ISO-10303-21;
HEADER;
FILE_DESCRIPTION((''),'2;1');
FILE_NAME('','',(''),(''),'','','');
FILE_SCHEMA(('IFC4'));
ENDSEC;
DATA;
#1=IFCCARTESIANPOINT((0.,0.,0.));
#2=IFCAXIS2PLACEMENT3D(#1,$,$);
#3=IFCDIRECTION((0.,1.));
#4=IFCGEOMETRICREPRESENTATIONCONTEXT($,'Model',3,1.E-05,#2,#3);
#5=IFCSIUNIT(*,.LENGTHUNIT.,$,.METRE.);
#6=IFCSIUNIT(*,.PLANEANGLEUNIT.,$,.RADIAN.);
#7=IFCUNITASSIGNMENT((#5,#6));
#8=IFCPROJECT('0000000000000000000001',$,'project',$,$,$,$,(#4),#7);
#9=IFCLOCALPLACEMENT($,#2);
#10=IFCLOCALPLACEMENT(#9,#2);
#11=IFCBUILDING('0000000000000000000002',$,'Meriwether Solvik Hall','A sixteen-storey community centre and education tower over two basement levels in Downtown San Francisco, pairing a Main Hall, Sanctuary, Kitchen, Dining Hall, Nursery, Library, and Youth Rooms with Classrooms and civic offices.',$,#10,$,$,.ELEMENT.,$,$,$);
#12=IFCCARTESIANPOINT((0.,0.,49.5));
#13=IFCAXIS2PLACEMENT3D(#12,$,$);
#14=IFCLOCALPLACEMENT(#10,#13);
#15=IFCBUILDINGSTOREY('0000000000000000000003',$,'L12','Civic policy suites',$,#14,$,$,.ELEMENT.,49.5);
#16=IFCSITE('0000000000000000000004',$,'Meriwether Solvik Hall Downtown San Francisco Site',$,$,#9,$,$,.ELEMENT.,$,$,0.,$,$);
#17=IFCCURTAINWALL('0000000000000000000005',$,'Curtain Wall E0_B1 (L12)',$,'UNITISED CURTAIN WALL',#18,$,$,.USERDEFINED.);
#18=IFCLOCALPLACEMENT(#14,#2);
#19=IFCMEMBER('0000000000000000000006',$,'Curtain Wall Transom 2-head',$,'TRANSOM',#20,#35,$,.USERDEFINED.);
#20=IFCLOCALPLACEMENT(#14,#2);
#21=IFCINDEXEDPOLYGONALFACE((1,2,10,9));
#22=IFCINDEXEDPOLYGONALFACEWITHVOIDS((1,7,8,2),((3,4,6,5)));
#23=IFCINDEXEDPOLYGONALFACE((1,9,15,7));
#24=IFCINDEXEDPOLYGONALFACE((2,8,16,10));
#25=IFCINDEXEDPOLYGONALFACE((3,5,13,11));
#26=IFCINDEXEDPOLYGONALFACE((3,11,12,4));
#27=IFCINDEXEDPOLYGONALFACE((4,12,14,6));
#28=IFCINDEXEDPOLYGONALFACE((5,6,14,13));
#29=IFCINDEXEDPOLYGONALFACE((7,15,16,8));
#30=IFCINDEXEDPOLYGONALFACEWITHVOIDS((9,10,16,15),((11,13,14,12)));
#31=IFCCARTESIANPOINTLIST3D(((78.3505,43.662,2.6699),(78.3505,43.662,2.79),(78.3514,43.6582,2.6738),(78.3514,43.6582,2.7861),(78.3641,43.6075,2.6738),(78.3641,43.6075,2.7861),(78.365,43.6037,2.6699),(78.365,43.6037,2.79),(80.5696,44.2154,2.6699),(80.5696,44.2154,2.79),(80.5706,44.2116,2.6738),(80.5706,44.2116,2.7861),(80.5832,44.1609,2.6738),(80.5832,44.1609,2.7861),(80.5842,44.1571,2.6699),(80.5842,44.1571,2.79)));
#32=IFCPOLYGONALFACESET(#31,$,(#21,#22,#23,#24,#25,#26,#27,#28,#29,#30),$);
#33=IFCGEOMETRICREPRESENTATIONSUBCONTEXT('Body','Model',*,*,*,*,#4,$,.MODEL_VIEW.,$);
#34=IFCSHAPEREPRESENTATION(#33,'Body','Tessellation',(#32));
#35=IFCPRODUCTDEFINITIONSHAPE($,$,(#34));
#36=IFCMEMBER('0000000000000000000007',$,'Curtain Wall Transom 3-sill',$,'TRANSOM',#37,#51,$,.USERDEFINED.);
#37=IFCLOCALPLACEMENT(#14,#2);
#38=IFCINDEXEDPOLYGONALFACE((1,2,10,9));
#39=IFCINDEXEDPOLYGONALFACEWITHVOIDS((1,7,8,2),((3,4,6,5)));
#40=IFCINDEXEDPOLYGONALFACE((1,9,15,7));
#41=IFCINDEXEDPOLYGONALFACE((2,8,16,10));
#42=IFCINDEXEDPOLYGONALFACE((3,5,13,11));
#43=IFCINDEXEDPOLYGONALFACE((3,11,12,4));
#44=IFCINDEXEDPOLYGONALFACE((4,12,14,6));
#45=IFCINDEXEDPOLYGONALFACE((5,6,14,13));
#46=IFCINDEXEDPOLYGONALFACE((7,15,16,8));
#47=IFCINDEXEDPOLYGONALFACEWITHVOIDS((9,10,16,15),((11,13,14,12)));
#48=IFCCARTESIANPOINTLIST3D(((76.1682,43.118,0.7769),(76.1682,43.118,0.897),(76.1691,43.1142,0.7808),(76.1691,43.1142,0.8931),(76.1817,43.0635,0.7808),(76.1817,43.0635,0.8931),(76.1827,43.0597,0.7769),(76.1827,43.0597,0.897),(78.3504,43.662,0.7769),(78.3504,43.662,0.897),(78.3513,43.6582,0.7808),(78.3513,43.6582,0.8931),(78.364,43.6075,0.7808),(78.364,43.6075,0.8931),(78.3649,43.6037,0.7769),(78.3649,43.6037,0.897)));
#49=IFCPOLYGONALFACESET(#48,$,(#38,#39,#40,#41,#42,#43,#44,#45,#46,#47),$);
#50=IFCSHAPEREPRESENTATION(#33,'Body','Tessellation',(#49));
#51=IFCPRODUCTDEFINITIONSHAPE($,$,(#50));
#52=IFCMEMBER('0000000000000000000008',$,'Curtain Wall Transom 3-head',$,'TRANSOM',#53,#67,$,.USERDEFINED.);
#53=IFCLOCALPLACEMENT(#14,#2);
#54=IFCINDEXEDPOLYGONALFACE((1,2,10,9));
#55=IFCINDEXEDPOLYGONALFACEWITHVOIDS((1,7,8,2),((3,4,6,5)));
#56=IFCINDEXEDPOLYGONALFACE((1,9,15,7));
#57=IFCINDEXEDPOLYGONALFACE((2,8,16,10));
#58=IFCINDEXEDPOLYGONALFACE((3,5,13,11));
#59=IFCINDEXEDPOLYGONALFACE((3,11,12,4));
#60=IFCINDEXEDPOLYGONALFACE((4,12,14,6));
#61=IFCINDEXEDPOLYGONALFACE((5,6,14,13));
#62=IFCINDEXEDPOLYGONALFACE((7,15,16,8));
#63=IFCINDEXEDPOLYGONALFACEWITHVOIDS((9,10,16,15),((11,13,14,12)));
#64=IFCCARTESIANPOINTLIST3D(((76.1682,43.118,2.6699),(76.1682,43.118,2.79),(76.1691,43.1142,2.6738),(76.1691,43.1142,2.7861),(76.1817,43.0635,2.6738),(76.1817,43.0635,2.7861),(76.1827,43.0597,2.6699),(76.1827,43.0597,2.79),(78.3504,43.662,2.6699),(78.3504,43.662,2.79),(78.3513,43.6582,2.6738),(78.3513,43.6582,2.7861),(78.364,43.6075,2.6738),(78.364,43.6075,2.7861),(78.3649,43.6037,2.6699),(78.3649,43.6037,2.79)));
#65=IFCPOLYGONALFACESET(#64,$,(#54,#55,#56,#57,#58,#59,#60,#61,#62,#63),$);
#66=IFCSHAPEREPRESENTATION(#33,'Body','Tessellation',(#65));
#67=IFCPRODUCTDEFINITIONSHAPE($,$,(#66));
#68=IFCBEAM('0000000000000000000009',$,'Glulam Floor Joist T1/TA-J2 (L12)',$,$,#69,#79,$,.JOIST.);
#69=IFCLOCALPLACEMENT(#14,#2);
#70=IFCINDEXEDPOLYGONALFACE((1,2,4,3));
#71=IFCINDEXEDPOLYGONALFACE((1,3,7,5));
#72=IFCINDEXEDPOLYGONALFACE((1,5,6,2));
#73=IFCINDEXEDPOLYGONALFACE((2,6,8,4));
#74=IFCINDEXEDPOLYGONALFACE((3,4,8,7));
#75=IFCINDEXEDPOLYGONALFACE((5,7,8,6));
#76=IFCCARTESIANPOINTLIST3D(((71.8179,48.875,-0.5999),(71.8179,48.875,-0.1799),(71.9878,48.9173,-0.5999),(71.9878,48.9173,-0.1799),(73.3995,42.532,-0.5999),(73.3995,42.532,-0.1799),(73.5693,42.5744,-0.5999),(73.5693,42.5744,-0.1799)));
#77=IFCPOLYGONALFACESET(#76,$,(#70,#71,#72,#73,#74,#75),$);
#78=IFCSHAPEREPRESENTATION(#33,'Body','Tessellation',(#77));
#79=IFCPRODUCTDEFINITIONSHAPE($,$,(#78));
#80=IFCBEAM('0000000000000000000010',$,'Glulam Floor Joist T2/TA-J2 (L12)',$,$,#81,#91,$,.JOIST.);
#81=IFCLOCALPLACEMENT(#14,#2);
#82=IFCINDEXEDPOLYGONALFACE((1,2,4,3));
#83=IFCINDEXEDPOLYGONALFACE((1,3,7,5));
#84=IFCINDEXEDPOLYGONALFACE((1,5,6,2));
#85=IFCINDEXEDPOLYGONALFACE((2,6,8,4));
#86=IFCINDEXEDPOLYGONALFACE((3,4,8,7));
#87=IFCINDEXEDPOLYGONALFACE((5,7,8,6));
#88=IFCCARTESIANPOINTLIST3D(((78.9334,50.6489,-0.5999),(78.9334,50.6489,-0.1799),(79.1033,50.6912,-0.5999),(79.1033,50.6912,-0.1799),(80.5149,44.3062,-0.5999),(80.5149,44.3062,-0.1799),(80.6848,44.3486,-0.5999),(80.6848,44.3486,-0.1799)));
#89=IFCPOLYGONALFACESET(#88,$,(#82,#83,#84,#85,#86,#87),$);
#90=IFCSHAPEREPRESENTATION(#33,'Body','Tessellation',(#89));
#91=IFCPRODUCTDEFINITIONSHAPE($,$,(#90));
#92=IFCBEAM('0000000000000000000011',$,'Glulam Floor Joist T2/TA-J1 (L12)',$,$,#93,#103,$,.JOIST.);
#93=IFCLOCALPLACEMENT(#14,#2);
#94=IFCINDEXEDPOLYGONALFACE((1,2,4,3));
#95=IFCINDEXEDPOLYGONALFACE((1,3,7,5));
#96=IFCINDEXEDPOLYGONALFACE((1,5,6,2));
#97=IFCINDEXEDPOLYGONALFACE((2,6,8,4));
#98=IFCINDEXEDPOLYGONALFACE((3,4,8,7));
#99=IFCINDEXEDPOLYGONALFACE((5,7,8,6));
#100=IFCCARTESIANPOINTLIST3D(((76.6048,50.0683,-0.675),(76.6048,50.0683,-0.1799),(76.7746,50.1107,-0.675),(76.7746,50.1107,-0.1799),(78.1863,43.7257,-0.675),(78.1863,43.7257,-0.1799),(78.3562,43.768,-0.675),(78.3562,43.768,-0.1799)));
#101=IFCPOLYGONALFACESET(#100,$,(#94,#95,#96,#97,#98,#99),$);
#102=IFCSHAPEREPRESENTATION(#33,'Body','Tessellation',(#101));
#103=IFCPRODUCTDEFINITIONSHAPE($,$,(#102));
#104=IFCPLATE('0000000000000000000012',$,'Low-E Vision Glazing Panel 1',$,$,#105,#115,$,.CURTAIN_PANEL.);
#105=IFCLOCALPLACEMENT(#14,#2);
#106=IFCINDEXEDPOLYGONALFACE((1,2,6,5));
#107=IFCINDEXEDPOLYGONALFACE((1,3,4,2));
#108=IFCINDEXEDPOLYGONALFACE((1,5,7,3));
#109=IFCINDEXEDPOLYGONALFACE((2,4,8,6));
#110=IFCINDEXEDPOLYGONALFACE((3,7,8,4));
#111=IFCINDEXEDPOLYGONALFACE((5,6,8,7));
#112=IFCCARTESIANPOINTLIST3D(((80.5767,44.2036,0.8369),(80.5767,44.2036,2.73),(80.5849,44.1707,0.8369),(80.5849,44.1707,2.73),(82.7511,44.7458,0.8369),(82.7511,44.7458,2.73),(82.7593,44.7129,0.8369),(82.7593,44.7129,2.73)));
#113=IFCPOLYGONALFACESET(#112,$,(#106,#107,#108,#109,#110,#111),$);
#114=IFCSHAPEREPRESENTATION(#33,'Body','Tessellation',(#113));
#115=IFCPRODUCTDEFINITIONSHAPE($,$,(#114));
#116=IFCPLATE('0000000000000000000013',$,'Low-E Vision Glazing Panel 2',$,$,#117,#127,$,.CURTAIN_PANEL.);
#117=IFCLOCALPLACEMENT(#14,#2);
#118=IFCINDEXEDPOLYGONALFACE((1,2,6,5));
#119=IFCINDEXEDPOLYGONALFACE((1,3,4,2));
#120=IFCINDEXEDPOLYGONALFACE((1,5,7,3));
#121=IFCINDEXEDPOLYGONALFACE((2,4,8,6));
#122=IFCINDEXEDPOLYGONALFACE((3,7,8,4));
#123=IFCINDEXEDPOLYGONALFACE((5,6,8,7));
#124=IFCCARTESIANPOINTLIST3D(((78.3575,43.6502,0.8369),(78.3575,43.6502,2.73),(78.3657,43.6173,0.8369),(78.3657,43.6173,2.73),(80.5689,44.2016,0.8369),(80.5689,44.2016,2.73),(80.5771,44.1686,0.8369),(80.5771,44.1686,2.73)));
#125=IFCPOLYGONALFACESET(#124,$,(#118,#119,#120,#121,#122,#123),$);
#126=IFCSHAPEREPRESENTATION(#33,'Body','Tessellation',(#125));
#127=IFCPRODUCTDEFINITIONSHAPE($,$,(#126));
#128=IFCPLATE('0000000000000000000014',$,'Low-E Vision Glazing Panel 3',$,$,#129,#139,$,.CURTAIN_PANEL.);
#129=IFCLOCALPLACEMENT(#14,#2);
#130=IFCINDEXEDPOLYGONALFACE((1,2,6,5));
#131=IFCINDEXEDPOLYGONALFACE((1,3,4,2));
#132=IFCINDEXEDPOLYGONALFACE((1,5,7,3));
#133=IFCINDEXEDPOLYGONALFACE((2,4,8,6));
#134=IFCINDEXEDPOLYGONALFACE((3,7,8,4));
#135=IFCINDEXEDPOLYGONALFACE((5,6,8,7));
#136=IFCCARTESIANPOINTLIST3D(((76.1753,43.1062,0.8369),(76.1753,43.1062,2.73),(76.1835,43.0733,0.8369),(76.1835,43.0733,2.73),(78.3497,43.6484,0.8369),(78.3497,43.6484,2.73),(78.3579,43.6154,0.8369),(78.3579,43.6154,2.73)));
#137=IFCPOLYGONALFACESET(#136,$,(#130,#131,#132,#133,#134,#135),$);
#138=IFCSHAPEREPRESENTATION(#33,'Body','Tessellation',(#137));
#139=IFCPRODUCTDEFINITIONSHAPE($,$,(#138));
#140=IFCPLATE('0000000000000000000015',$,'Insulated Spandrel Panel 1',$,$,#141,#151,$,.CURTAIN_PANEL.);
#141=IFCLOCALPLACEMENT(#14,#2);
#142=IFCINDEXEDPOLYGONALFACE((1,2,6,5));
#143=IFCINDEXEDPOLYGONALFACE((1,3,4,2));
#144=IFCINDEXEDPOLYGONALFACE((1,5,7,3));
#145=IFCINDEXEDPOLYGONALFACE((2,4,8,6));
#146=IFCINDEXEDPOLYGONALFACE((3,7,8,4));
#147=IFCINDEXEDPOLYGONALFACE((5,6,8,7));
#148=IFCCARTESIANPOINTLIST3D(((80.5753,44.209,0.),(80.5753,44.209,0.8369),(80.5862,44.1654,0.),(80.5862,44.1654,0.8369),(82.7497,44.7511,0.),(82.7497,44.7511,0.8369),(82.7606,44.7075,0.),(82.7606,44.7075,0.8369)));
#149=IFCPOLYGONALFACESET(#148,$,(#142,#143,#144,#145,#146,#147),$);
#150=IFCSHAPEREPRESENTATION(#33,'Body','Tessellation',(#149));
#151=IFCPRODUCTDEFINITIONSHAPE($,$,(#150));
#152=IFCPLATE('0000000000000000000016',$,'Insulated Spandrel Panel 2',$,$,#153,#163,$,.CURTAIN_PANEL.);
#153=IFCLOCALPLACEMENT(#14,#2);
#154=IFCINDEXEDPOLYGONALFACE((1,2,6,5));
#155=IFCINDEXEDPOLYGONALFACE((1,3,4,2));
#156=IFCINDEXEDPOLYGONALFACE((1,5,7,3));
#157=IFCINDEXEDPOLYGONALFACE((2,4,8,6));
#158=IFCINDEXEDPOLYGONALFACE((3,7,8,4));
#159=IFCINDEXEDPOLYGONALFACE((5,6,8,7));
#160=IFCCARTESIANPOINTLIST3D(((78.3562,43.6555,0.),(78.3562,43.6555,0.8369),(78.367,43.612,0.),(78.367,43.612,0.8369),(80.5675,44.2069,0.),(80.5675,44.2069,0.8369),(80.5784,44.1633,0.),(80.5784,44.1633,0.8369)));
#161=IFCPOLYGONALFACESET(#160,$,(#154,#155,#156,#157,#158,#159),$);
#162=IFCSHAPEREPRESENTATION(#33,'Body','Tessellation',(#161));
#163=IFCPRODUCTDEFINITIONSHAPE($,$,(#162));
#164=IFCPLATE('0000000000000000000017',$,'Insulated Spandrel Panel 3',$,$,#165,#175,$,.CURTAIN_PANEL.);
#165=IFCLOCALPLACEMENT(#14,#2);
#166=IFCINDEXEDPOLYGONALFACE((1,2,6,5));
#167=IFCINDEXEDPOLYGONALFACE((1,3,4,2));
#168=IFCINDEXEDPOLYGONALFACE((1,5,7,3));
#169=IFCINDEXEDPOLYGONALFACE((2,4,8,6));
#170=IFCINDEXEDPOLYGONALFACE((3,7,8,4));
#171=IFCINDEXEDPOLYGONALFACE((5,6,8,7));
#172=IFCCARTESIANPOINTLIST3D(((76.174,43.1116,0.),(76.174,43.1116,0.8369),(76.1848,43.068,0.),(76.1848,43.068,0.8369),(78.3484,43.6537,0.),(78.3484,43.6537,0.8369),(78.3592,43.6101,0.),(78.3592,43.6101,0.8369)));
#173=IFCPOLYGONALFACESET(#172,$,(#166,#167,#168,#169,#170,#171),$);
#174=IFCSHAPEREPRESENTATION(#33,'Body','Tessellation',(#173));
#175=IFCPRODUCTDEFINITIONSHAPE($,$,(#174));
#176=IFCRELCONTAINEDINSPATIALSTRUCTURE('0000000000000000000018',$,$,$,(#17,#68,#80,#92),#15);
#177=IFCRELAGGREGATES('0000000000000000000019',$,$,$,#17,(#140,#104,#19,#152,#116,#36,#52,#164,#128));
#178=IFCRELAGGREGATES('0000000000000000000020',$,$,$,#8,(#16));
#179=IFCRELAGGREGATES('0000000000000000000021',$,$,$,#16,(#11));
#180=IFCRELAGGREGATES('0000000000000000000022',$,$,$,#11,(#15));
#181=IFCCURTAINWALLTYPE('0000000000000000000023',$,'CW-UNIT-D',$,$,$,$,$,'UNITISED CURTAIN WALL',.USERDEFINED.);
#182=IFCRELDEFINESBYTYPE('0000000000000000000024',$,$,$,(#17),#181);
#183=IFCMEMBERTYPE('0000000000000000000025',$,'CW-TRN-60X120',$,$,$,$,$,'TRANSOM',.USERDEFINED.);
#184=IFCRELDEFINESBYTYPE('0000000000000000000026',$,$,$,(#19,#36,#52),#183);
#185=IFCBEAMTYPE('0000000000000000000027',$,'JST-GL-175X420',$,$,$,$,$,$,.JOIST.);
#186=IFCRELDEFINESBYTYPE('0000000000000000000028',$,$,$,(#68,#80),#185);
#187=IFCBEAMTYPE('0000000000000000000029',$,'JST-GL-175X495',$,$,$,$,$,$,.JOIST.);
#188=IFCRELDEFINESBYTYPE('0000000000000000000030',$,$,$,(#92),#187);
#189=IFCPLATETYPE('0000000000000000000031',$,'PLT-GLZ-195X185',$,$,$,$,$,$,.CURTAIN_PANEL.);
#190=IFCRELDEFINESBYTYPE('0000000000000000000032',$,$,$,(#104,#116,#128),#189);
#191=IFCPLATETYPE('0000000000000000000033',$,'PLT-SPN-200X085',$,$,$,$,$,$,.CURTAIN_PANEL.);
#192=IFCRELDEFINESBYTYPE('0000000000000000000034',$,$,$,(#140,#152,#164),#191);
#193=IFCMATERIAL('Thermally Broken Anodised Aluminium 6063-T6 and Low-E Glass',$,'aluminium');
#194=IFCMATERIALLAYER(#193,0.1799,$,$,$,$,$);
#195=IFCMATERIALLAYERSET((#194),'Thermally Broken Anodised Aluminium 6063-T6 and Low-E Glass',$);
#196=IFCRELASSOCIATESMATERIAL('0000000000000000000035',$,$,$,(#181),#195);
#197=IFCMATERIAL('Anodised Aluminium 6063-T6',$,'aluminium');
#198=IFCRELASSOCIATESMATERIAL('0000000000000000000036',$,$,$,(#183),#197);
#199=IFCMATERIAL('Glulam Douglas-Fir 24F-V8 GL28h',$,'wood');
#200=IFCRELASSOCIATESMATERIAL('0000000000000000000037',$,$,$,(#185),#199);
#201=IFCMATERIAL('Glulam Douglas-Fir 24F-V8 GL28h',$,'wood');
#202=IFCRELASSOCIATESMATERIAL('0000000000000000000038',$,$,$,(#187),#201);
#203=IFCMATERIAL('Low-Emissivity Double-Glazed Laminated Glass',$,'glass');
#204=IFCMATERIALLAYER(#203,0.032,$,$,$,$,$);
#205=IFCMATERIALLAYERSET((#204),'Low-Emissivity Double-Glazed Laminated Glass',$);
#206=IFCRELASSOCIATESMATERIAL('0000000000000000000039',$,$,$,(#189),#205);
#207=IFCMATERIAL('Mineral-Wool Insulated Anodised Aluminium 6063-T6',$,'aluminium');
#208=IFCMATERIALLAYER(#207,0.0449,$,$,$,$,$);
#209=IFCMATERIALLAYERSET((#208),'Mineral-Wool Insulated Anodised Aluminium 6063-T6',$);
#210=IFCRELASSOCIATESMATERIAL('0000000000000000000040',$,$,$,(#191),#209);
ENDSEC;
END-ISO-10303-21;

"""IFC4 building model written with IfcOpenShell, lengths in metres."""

from ifc_helpers import new_model, si_unit, direction, frame, origin, origin_2d, place, context, subcontext, project, spatial, rectangle, hollow_rectangle, extrude, material, layer, layer_set, material_profile, profile_set, type_object, element, aggregate, save


model = new_model("IFC4")

# Units and contexts
model_context = context("Model", 3, precision=1e-05, world=origin(), true_north=direction((0.0, 1.0)))
body_context = subcontext(model_context, "Body", "Model", "MODEL_VIEW")
ifc_project = project(units=[si_unit("LENGTHUNIT", "METRE"), si_unit("PLANEANGLEUNIT", "RADIAN")], contexts=[model_context])

# Site, building, storey
site_placement = place(None, origin())
site = spatial("IfcSite", under=ifc_project, at=site_placement, Name="Meriwether Solvik Hall Downtown San Francisco Site", CompositionType="ELEMENT", RefElevation=0.0)
building_placement = place(site_placement, origin())
building = spatial("IfcBuilding", under=site, at=building_placement, Name="Meriwether Solvik Hall", Description="A sixteen-storey community centre and education tower over two basement levels in Downtown San Francisco, pairing a Main Hall, Sanctuary, Kitchen, Dining Hall, Nursery, Library, and Youth Rooms with Classrooms and civic offices.", CompositionType="ELEMENT")
storey_placement = place(building_placement, frame((0.0, 0.0, 49.5)))
storey = spatial("IfcBuildingStorey", under=building, at=storey_placement, Name="L12", Description="Civic policy suites", CompositionType="ELEMENT", Elevation=49.5)

# Curtain wall, members
ifc_material_1 = material(Name="Thermally Broken Anodised Aluminium 6063-T6 and Low-E Glass", Category="aluminium")
ifc_layer_1 = layer(ifc_material_1, 0.1799)
ifc_layer_set_1 = layer_set([ifc_layer_1], Name="Thermally Broken Anodised Aluminium 6063-T6 and Low-E Glass")
curtain_wall_type = type_object("IfcCurtainWallType", Name="CW-UNIT-D", ElementType="UNITISED CURTAIN WALL", PredefinedType="USERDEFINED", material=ifc_layer_set_1)
curtain_wall_placement = place(storey_placement, origin())
curtain_wall = element("IfcCurtainWall", 1, at=curtain_wall_placement, inside=storey, type_object=curtain_wall_type, Name="Curtain Wall E0_B1 (L12)", ObjectType="UNITISED CURTAIN WALL", PredefinedType="USERDEFINED")
ifc_material_2 = material(Name="Anodised Aluminium 6063-T6", Category="aluminium")
ifc_material_profile_1 = material_profile(ifc_material_2, hollow_rectangle(XDim=0.0601, YDim=0.1201, WallThickness=0.0039, at=origin_2d()), Name="CWT-60X120")
ifc_profile_set_1 = profile_set([ifc_material_profile_1], Name="Anodised Aluminium 6063-T6")
member_type_1 = type_object("IfcMemberType", Name="CW-TRN-60X120", ElementType="TRANSOM", PredefinedType="USERDEFINED", material=ifc_profile_set_1)
member_1_placement = place(storey_placement, frame((80.5769, 44.1863, 2.73), z_axis=(-0.97028, -0.241983, 0.0), x_axis=(0.241983, -0.97028, 0.0)))
member_1 = element("IfcMember", 2, at=member_1_placement, type_object=member_type_1, Name="Curtain Wall Transom 2-head", ObjectType="TRANSOM", PredefinedType="USERDEFINED", context=body_context, shape_type="SweptSolid", body=[
    extrude(hollow_rectangle(XDim=0.0601, YDim=0.1201, WallThickness=0.0039, at=origin_2d()), origin(), (0.0, 0.0, 1.0), 2.2871),
])
member_2_placement = place(storey_placement, frame((78.3577, 43.6328, 0.8369), z_axis=(-0.970308, -0.241871, 0.0), x_axis=(0.241871, -0.970308, 0.0)))
member_2 = element("IfcMember", 3, at=member_2_placement, type_object=member_type_1, Name="Curtain Wall Transom 3-sill", ObjectType="TRANSOM", PredefinedType="USERDEFINED", context=body_context, shape_type="SweptSolid", body=[
    extrude(hollow_rectangle(XDim=0.0601, YDim=0.1201, WallThickness=0.0039, at=origin_2d()), origin(), (0.0, 0.0, 1.0), 2.249),
])
member_3_placement = place(storey_placement, frame((78.3577, 43.6328, 2.73), z_axis=(-0.970308, -0.241871, 0.0), x_axis=(0.241871, -0.970308, 0.0)))
member_3 = element("IfcMember", 4, at=member_3_placement, type_object=member_type_1, Name="Curtain Wall Transom 3-head", ObjectType="TRANSOM", PredefinedType="USERDEFINED", context=body_context, shape_type="SweptSolid", body=[
    extrude(hollow_rectangle(XDim=0.0601, YDim=0.1201, WallThickness=0.0039, at=origin_2d()), origin(), (0.0, 0.0, 1.0), 2.249),
])

# Beams
ifc_material_3 = material(Name="Glulam Douglas-Fir 24F-V8 GL28h", Category="wood")
ifc_material_profile_2 = material_profile(ifc_material_3, rectangle(XDim=0.175, YDim=0.4199, at=origin_2d()), Name="GLJ-175X420")
ifc_profile_set_2 = profile_set([ifc_material_profile_2], Name="Glulam Douglas-Fir 24F-V8 GL28h")
beam_type_1 = type_object("IfcBeamType", Name="JST-GL-175X420", PredefinedType="JOIST", material=ifc_profile_set_2)
beam_1_placement = place(storey_placement, frame((73.4844, 42.5532, -0.3899), z_axis=(-0.241929, 0.970294, 0.0), x_axis=(-0.970294, -0.241929, 0.0)))
element("IfcBeam", 5, at=beam_1_placement, inside=storey, type_object=beam_type_1, Name="Glulam Floor Joist T1/TA-J2 (L12)", PredefinedType="JOIST", context=body_context, shape_type="SweptSolid", body=[
    extrude(rectangle(XDim=0.175, YDim=0.4199, at=origin_2d()), origin(), (0.0, 0.0, 1.0), 6.5371),
])
beam_2_placement = place(storey_placement, frame((80.5999, 44.3274, -0.3899), z_axis=(-0.241938, 0.970292, 0.0), x_axis=(-0.970292, -0.241938, 0.0)))
element("IfcBeam", 6, at=beam_2_placement, inside=storey, type_object=beam_type_1, Name="Glulam Floor Joist T2/TA-J2 (L12)", PredefinedType="JOIST", context=body_context, shape_type="SweptSolid", body=[
    extrude(rectangle(XDim=0.175, YDim=0.4199, at=origin_2d()), origin(), (0.0, 0.0, 1.0), 6.5369),
])
ifc_material_4 = material(Name="Glulam Douglas-Fir 24F-V8 GL28h", Category="wood")
ifc_material_profile_3 = material_profile(ifc_material_4, rectangle(XDim=0.175, YDim=0.4951, at=origin_2d()), Name="GLJ-175X495")
ifc_profile_set_3 = profile_set([ifc_material_profile_3], Name="Glulam Douglas-Fir 24F-V8 GL28h")
beam_type_2 = type_object("IfcBeamType", Name="JST-GL-175X495", PredefinedType="JOIST", material=ifc_profile_set_3)
beam_3_placement = place(storey_placement, frame((78.2712, 43.7468, -0.4275), z_axis=(-0.241938, 0.970292, 0.0), x_axis=(-0.970292, -0.241938, 0.0)))
element("IfcBeam", 7, at=beam_3_placement, inside=storey, type_object=beam_type_2, Name="Glulam Floor Joist T2/TA-J1 (L12)", PredefinedType="JOIST", context=body_context, shape_type="SweptSolid", body=[
    extrude(rectangle(XDim=0.175, YDim=0.4951, at=origin_2d()), origin(), (0.0, 0.0, 1.0), 6.5369),
])

# Plates
ifc_material_5 = material(Name="Low-Emissivity Double-Glazed Laminated Glass", Category="glass")
ifc_layer_2 = layer(ifc_material_5, 0.032)
ifc_layer_set_2 = layer_set([ifc_layer_2], Name="Low-Emissivity Double-Glazed Laminated Glass")
plate_type_1 = type_object("IfcPlateType", Name="PLT-GLZ-195X185", PredefinedType="CURTAIN_PANEL", material=ifc_layer_set_2)
plate_1_placement = place(storey_placement, frame((81.668, 44.4583, 0.8369), z_axis=(0.0, 0.0, 1.0), x_axis=(-0.970296, -0.241922, 0.0)))
plate_1 = element("IfcPlate", 8, at=plate_1_placement, type_object=plate_type_1, Name="Low-E Vision Glazing Panel 1", PredefinedType="CURTAIN_PANEL", context=body_context, shape_type="SweptSolid", body=[
    extrude(rectangle(XDim=2.241, YDim=0.0339, at=origin_2d()), origin(), (0.0, 0.0, 1.0), 1.8931),
])
plate_2_placement = place(storey_placement, frame((79.4673, 43.9094, 0.8369), z_axis=(0.0, 0.0, 1.0), x_axis=(-0.970296, -0.241922, 0.0)))
plate_2 = element("IfcPlate", 9, at=plate_2_placement, type_object=plate_type_1, Name="Low-E Vision Glazing Panel 2", PredefinedType="CURTAIN_PANEL", context=body_context, shape_type="SweptSolid", body=[
    extrude(rectangle(XDim=2.2791, YDim=0.0339, at=origin_2d()), origin(), (0.0, 0.0, 1.0), 1.8931),
])
plate_3_placement = place(storey_placement, frame((77.2666, 43.3608, 0.8369), z_axis=(0.0, 0.0, 1.0), x_axis=(-0.970296, -0.241922, 0.0)))
plate_3 = element("IfcPlate", 10, at=plate_3_placement, type_object=plate_type_1, Name="Low-E Vision Glazing Panel 3", PredefinedType="CURTAIN_PANEL", context=body_context, shape_type="SweptSolid", body=[
    extrude(rectangle(XDim=2.241, YDim=0.0339, at=origin_2d()), origin(), (0.0, 0.0, 1.0), 1.8931),
])
ifc_material_6 = material(Name="Mineral-Wool Insulated Anodised Aluminium 6063-T6", Category="aluminium")
ifc_layer_3 = layer(ifc_material_6, 0.0449)
ifc_layer_set_3 = layer_set([ifc_layer_3], Name="Mineral-Wool Insulated Anodised Aluminium 6063-T6")
plate_type_2 = type_object("IfcPlateType", Name="PLT-SPN-200X085", PredefinedType="CURTAIN_PANEL", material=ifc_layer_set_3)
plate_4_placement = place(storey_placement, frame((81.668, 44.4583, 0.0), z_axis=(0.0, 0.0, 1.0), x_axis=(-0.970296, -0.241922, 0.0)))
plate_4 = element("IfcPlate", 11, at=plate_4_placement, type_object=plate_type_2, Name="Insulated Spandrel Panel 1", PredefinedType="CURTAIN_PANEL", context=body_context, shape_type="SweptSolid", body=[
    extrude(rectangle(XDim=2.241, YDim=0.0449, at=origin_2d()), origin(), (0.0, 0.0, 1.0), 0.8369),
])
plate_5_placement = place(storey_placement, frame((79.4673, 43.9094, 0.0), z_axis=(0.0, 0.0, 1.0), x_axis=(-0.970296, -0.241922, 0.0)))
plate_5 = element("IfcPlate", 12, at=plate_5_placement, type_object=plate_type_2, Name="Insulated Spandrel Panel 2", PredefinedType="CURTAIN_PANEL", context=body_context, shape_type="SweptSolid", body=[
    extrude(rectangle(XDim=2.2791, YDim=0.0449, at=origin_2d()), origin(), (0.0, 0.0, 1.0), 0.8369),
])
plate_6_placement = place(storey_placement, frame((77.2666, 43.3608, 0.0), z_axis=(0.0, 0.0, 1.0), x_axis=(-0.970296, -0.241922, 0.0)))
plate_6 = element("IfcPlate", 13, at=plate_6_placement, type_object=plate_type_2, Name="Insulated Spandrel Panel 3", PredefinedType="CURTAIN_PANEL", context=body_context, shape_type="SweptSolid", body=[
    extrude(rectangle(XDim=2.241, YDim=0.0449, at=origin_2d()), origin(), (0.0, 0.0, 1.0), 0.8369),
])
aggregate(curtain_wall, [plate_4, plate_1, member_1, plate_5, plate_2, member_2, member_3, plate_6, plate_3])

save(model, "model.ifc")
